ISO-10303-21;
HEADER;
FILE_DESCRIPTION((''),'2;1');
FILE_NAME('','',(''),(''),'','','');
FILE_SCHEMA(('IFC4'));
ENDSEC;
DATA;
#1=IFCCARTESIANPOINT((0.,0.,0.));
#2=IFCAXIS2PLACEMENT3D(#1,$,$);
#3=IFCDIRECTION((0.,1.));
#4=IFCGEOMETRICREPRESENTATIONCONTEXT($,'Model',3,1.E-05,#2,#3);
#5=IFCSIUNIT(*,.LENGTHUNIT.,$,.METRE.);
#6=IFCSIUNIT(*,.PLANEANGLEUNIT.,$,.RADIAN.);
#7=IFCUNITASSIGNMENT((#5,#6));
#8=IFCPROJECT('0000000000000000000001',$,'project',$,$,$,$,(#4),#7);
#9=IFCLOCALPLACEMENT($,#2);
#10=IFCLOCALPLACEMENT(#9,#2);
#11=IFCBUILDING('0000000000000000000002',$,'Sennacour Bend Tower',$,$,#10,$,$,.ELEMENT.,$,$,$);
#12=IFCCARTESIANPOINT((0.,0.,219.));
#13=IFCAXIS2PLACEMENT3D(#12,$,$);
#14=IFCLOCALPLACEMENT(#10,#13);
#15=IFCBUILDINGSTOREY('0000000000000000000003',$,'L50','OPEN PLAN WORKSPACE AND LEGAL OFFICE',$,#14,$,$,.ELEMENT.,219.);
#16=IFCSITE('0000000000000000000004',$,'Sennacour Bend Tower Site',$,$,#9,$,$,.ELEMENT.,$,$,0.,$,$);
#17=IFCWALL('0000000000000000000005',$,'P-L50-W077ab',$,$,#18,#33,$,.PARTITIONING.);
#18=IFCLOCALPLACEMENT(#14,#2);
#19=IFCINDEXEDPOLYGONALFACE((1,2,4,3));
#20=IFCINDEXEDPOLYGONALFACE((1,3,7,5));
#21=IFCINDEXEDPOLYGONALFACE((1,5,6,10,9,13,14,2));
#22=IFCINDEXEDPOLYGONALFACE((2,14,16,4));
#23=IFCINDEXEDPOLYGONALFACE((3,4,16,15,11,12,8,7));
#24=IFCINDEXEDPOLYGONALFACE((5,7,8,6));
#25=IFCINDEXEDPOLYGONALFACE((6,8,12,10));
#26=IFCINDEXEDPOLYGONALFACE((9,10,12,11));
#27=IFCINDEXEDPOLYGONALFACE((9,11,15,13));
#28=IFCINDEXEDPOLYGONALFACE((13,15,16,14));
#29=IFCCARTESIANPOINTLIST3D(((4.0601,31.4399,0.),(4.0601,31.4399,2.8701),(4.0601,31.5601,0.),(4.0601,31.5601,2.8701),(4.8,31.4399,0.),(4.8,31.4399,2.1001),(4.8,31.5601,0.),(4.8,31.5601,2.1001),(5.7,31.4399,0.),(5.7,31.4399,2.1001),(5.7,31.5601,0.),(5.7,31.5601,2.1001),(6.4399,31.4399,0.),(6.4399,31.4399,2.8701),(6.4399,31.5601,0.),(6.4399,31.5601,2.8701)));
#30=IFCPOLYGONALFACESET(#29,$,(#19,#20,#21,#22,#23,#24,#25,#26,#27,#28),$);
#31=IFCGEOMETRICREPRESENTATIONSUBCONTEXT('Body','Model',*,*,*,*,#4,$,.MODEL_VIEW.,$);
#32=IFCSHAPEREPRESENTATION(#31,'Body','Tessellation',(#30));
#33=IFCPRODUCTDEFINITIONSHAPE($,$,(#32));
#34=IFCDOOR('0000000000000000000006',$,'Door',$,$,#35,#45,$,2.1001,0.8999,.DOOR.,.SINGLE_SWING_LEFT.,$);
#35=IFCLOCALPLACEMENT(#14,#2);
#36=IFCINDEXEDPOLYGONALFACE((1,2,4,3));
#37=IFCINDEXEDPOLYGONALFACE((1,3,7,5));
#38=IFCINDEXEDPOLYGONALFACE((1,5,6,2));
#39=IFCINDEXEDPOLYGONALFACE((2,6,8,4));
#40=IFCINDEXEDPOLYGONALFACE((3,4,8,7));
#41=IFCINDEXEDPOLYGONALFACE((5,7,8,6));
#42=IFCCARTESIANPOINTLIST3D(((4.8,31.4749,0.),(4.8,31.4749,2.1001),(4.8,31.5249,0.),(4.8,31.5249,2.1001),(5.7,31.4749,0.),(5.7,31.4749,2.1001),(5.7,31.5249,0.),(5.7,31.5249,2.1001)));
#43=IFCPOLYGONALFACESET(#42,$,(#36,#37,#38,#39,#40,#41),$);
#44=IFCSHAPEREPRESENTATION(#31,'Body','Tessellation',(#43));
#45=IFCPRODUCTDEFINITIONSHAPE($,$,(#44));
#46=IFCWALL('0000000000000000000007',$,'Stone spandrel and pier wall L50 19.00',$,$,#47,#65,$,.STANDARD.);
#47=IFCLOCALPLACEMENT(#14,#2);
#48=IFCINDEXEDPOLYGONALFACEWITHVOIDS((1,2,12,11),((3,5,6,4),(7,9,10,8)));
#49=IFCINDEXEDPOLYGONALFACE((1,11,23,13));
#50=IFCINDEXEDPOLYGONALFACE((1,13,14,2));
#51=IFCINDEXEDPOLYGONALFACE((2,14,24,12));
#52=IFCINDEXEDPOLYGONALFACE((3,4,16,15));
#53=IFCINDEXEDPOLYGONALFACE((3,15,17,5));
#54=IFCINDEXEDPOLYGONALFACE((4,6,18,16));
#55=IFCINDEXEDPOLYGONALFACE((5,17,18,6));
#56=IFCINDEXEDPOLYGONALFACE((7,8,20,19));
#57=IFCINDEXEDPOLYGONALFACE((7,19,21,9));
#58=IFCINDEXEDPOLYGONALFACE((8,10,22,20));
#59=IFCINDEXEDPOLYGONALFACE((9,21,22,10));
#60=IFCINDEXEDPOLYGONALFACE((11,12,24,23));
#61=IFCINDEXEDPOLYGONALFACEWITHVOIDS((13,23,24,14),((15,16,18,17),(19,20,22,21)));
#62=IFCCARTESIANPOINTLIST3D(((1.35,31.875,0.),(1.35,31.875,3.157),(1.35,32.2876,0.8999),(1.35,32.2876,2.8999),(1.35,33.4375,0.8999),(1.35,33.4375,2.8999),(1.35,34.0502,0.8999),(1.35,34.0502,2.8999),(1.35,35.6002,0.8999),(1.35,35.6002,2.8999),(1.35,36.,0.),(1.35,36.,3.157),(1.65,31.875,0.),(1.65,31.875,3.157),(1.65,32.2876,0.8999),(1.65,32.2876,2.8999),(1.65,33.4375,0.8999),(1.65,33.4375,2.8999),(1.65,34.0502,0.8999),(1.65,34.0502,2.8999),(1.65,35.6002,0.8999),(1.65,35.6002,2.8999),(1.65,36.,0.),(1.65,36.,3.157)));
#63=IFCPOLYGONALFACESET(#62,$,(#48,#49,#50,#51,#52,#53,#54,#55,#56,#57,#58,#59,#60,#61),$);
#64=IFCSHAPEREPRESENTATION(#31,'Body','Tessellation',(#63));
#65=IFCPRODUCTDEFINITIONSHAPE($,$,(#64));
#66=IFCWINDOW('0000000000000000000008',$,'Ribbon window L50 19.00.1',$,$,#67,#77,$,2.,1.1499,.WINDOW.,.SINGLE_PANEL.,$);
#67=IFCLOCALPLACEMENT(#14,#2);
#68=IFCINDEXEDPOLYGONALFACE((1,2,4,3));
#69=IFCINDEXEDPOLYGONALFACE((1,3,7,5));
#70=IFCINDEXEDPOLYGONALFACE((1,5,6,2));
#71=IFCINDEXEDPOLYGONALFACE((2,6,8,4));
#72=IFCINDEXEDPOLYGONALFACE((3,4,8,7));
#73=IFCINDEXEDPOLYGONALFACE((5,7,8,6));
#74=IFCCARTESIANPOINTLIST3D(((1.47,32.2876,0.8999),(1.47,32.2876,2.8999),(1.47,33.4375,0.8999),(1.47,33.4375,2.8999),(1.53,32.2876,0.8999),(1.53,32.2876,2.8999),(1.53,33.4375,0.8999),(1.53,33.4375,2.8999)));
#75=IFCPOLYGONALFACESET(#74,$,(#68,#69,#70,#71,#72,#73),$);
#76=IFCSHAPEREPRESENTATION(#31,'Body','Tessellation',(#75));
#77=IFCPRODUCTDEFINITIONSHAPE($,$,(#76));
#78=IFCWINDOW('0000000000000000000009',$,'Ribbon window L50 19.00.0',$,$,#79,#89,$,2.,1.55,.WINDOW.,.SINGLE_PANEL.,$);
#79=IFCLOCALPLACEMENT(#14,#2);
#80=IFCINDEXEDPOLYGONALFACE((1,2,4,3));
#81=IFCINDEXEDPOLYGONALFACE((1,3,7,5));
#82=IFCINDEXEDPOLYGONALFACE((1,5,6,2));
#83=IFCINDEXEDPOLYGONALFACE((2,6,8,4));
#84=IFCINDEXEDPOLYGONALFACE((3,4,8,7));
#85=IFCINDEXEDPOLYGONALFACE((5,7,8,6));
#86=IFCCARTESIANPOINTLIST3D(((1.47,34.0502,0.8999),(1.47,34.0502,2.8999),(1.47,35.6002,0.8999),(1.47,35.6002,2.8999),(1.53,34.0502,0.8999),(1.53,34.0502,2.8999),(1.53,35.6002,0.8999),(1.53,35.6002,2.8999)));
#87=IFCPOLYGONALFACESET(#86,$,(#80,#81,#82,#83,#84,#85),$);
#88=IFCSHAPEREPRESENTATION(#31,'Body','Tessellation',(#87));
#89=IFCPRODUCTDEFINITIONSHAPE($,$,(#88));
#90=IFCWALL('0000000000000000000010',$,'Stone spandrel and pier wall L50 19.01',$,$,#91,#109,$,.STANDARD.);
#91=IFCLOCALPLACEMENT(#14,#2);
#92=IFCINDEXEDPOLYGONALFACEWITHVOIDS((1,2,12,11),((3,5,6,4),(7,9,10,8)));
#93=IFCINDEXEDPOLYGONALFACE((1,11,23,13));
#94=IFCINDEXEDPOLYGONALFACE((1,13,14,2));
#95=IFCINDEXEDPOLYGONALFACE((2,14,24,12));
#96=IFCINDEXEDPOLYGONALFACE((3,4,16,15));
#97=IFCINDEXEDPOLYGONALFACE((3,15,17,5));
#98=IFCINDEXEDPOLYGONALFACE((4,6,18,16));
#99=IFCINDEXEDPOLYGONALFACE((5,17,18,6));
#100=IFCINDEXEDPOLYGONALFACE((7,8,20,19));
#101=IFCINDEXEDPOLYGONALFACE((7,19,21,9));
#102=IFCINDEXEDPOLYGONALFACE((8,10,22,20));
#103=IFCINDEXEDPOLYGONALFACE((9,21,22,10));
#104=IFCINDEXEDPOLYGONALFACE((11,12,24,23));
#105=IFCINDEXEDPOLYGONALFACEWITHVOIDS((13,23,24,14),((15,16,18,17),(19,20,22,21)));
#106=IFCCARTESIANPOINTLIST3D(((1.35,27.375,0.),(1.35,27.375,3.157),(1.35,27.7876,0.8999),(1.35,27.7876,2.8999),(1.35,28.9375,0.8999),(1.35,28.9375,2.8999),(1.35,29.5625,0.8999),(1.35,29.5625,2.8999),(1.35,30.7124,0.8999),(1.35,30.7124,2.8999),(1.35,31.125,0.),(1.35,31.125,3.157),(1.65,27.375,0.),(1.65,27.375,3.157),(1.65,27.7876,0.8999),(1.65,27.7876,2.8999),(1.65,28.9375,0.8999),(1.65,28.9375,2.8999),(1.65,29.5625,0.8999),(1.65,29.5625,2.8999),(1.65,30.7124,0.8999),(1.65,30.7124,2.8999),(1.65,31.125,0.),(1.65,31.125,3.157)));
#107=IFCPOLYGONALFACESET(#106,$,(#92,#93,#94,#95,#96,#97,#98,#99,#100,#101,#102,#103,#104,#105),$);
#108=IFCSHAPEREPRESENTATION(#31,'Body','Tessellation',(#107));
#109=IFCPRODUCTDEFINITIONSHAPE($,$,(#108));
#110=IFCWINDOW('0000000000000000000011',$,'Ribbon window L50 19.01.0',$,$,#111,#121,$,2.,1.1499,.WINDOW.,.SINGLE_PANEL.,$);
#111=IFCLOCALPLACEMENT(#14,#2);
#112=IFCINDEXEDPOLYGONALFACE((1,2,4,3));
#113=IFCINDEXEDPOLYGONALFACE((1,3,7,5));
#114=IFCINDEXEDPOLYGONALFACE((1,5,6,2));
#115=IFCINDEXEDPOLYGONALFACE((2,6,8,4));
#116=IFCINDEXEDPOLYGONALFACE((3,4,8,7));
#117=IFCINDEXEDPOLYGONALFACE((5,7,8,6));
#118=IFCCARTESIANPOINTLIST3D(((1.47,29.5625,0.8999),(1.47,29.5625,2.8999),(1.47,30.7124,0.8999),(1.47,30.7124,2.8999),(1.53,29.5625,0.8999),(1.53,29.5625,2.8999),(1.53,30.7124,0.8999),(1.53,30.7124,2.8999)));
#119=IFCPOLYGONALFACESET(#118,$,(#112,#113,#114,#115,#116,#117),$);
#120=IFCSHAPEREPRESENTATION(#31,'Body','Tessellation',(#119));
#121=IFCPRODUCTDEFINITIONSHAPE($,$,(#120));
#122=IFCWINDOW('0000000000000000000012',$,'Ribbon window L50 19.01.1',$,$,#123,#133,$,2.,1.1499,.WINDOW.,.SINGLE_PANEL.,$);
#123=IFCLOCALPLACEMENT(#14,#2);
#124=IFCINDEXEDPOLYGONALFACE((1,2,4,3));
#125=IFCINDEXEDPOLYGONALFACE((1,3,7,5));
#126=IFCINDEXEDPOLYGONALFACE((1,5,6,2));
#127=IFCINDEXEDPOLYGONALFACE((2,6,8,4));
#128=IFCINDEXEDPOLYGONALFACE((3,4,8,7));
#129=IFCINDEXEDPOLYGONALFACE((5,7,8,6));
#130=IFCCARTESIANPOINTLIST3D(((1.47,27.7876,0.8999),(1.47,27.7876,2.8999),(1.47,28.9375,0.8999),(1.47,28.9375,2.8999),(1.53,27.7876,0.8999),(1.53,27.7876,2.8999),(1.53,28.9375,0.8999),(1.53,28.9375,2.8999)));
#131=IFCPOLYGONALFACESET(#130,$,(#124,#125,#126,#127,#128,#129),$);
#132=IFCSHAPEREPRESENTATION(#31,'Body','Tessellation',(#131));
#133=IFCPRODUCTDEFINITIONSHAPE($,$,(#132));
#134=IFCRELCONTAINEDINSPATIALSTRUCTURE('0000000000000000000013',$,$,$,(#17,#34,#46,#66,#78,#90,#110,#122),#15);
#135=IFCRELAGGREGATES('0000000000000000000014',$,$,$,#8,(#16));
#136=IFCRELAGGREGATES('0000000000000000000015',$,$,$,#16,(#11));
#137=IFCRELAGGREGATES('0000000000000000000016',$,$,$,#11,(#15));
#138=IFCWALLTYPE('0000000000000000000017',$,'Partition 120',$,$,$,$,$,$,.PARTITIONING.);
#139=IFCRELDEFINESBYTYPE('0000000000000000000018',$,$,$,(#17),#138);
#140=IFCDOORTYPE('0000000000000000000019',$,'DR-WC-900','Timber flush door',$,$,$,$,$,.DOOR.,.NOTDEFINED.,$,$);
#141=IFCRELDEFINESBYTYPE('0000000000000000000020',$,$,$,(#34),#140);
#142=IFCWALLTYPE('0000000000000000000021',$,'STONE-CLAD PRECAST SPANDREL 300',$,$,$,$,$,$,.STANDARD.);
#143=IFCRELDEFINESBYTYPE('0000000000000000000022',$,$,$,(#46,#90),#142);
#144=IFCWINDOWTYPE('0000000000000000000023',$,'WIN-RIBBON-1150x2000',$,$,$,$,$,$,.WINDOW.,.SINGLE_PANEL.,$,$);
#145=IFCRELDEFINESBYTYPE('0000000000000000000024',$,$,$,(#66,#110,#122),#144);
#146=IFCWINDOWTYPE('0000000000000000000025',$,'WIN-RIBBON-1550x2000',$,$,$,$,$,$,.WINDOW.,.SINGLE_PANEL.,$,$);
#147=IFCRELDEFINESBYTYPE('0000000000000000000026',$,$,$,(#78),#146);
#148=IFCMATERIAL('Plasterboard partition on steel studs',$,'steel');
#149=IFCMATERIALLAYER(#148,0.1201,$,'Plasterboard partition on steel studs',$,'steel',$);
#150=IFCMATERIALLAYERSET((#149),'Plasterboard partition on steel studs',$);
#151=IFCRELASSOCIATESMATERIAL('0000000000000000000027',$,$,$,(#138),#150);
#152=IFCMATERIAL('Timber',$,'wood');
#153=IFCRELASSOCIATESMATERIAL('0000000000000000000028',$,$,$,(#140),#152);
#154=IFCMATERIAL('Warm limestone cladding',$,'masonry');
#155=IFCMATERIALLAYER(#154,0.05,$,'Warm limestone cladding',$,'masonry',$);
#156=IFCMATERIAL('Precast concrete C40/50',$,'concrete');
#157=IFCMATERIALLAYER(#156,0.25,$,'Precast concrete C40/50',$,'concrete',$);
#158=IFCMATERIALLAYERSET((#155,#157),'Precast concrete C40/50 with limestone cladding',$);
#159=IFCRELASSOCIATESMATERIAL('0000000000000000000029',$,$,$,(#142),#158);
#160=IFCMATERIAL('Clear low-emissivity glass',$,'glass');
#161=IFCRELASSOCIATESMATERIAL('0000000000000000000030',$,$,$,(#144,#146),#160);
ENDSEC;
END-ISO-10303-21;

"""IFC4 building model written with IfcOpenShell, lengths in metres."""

from ifc_helpers import new_model, si_unit, direction, frame, frame_2d, origin, place, context, subcontext, project, spatial, rectangle, extrude, material, layer, layer_set, type_object, element, fill, save


model = new_model("IFC4")

# Units and contexts
model_context = context("Model", 3, precision=1e-05, world=origin(), true_north=direction((0.0, 1.0)))
body_context = subcontext(model_context, "Body", "Model", "MODEL_VIEW")
ifc_project = project(units=[si_unit("LENGTHUNIT", "METRE"), si_unit("PLANEANGLEUNIT", "RADIAN")], contexts=[model_context])

# Site, building, storey
site_placement = place(None, origin())
site = spatial("IfcSite", under=ifc_project, at=site_placement, Name="Sennacour Bend Tower Site", CompositionType="ELEMENT", RefElevation=0.0)
building_placement = place(site_placement, origin())
building = spatial("IfcBuilding", under=site, at=building_placement, Name="Sennacour Bend Tower", CompositionType="ELEMENT")
storey_placement = place(building_placement, frame((0.0, 0.0, 219.0)))
storey = spatial("IfcBuildingStorey", under=building, at=storey_placement, Name="L50", Description="OPEN PLAN WORKSPACE AND LEGAL OFFICE", CompositionType="ELEMENT", Elevation=219.0)

# Shared definitions
ifc_material_1 = material(Name="Plasterboard partition on steel studs", Category="steel")
ifc_layer_1 = layer(ifc_material_1, 0.1201, Name="Plasterboard partition on steel studs", Category="steel")
ifc_layer_set_1 = layer_set([ifc_layer_1], Name="Plasterboard partition on steel studs")
wall_type_1 = type_object("IfcWallType", Name="Partition 120", PredefinedType="PARTITIONING", material=ifc_layer_set_1)

# Wall, opening, door
ifc_material_2 = material(Name="Timber", Category="wood")
door_type_1 = type_object("IfcDoorType", Name="DR-WC-900", Description="Timber flush door", OperationType="NOTDEFINED", PredefinedType="DOOR", material=ifc_material_2)
wall_1_placement = place(storey_placement, frame((4.0601, 31.5, 0.0), z_axis=(0.0, 0.0, 1.0), x_axis=(1.0, 0.0, 0.0)))
wall_1 = element("IfcWall", 1, at=wall_1_placement, inside=storey, type_object=wall_type_1, Name="P-L50-W077ab", PredefinedType="PARTITIONING", context=body_context, shape_type="SweptSolid", body=[
    extrude(rectangle(XDim=2.3799, YDim=0.1201, at=frame_2d((1.1899, 0.0))), origin(), (0.0, 0.0, 1.0), 2.8701),
])
opening_1_placement = place(wall_1_placement, frame((0.74, 0.0, 0.0)))
opening_1 = element("IfcOpeningElement", 2, at=opening_1_placement, cuts=wall_1, PredefinedType="OPENING", context=body_context, shape_type="SweptSolid", body=[
    extrude(rectangle(XDim=0.8999, YDim=2.1001, at=frame_2d((0.45, 1.05))), frame((0.0, 0.0701, 0.0), z_axis=(0.0, -1.0, 0.0), x_axis=(1.0, 0.0, 0.0)), (0.0, 0.0, 1.0), 0.1401),
])
door_1_placement = place(opening_1_placement, origin())
door_1 = element("IfcDoor", 3, at=door_1_placement, inside=storey, type_object=door_type_1, Name="Door", OperationType="SINGLE_SWING_LEFT", OverallHeight=2.1001, OverallWidth=0.8999, PredefinedType="DOOR", context=body_context, shape_type="SweptSolid", body=[
    extrude(rectangle(XDim=0.8999, YDim=2.1001, at=frame_2d((0.45, 1.05))), frame((0.0, 0.0249, 0.0), z_axis=(0.0, -1.0, 0.0), x_axis=(1.0, 0.0, 0.0)), (0.0, 0.0, 1.0), 0.05),
])
fill(opening_1, door_1)

# Walls, openings, windows
ifc_material_3 = material(Name="Warm limestone cladding", Category="masonry")
ifc_layer_2 = layer(ifc_material_3, 0.05, Name="Warm limestone cladding", Category="masonry")
ifc_material_4 = material(Name="Precast concrete C40/50", Category="concrete")
ifc_layer_3 = layer(ifc_material_4, 0.25, Name="Precast concrete C40/50", Category="concrete")
ifc_layer_set_2 = layer_set([ifc_layer_2, ifc_layer_3], Name="Precast concrete C40/50 with limestone cladding")
wall_type_2 = type_object("IfcWallType", Name="STONE-CLAD PRECAST SPANDREL 300", PredefinedType="STANDARD", material=ifc_layer_set_2)
wall_2_placement = place(storey_placement, frame((1.5, 36.0, 0.0), z_axis=(0.0, 0.0, 1.0), x_axis=(0.0, -1.0, 0.0)))
wall_2 = element("IfcWall", 4, at=wall_2_placement, inside=storey, type_object=wall_type_2, Name="Stone spandrel and pier wall L50 19.00", PredefinedType="STANDARD", context=body_context, shape_type="SweptSolid", body=[
    extrude(rectangle(XDim=4.125, YDim=0.3, at=frame_2d((2.0625, 0.0))), origin(), (0.0, 0.0, 1.0), 3.157),
])
opening_2_placement = place(wall_2_placement, frame((0.3999, 0.0, 0.8999)))
opening_2 = element("IfcOpeningElement", 5, at=opening_2_placement, cuts=wall_2, PredefinedType="OPENING", context=body_context, shape_type="SweptSolid", body=[
    extrude(rectangle(XDim=1.55, YDim=2.0, at=frame_2d((0.7749, 1.0))), frame((0.0, 0.1602, 0.0), z_axis=(0.0, -1.0, 0.0), x_axis=(1.0, 0.0, 0.0)), (0.0, 0.0, 1.0), 0.3201),
])
opening_3_placement = place(wall_2_placement, frame((2.5625, 0.0, 0.8999)))
opening_3 = element("IfcOpeningElement", 6, at=opening_3_placement, cuts=wall_2, PredefinedType="OPENING", context=body_context, shape_type="SweptSolid", body=[
    extrude(rectangle(XDim=1.1499, YDim=2.0, at=frame_2d((0.575, 1.0))), frame((0.0, 0.1602, 0.0), z_axis=(0.0, -1.0, 0.0), x_axis=(1.0, 0.0, 0.0)), (0.0, 0.0, 1.0), 0.3201),
])
ifc_material_5 = material(Name="Clear low-emissivity glass", Category="glass")
window_type_1 = type_object("IfcWindowType", Name="WIN-RIBBON-1150x2000", PartitioningType="SINGLE_PANEL", PredefinedType="WINDOW", material=ifc_material_5)
window_1_placement = place(opening_3_placement, origin())
window_1 = element("IfcWindow", 7, at=window_1_placement, inside=storey, type_object=window_type_1, Name="Ribbon window L50 19.00.1", OverallHeight=2.0, OverallWidth=1.1499, PartitioningType="SINGLE_PANEL", PredefinedType="WINDOW", context=body_context, shape_type="SweptSolid", body=[
    extrude(rectangle(XDim=1.1499, YDim=2.0, at=frame_2d((0.575, 1.0))), frame((0.0, 0.03, 0.0), z_axis=(0.0, -1.0, 0.0), x_axis=(1.0, 0.0, 0.0)), (0.0, 0.0, 1.0), 0.0601),
])
fill(opening_3, window_1)
window_type_2 = type_object("IfcWindowType", Name="WIN-RIBBON-1550x2000", PartitioningType="SINGLE_PANEL", PredefinedType="WINDOW", material=ifc_material_5)
window_2_placement = place(opening_2_placement, origin())
window_2 = element("IfcWindow", 8, at=window_2_placement, inside=storey, type_object=window_type_2, Name="Ribbon window L50 19.00.0", OverallHeight=2.0, OverallWidth=1.55, PartitioningType="SINGLE_PANEL", PredefinedType="WINDOW", context=body_context, shape_type="SweptSolid", body=[
    extrude(rectangle(XDim=1.55, YDim=2.0, at=frame_2d((0.7749, 1.0))), frame((0.0, 0.03, 0.0), z_axis=(0.0, -1.0, 0.0), x_axis=(1.0, 0.0, 0.0)), (0.0, 0.0, 1.0), 0.0601),
])
fill(opening_2, window_2)
wall_3_placement = place(storey_placement, frame((1.5, 31.125, 0.0), z_axis=(0.0, 0.0, 1.0), x_axis=(0.0, -1.0, 0.0)))
wall_3 = element("IfcWall", 9, at=wall_3_placement, inside=storey, type_object=wall_type_2, Name="Stone spandrel and pier wall L50 19.01", PredefinedType="STANDARD", context=body_context, shape_type="SweptSolid", body=[
    extrude(rectangle(XDim=3.75, YDim=0.3, at=frame_2d((1.875, 0.0))), origin(), (0.0, 0.0, 1.0), 3.157),
])
opening_4_placement = place(wall_3_placement, frame((0.4126, 0.0, 0.8999)))
opening_4 = element("IfcOpeningElement", 10, at=opening_4_placement, cuts=wall_3, PredefinedType="OPENING", context=body_context, shape_type="SweptSolid", body=[
    extrude(rectangle(XDim=1.1499, YDim=2.0, at=frame_2d((0.575, 1.0))), frame((0.0, 0.1602, 0.0), z_axis=(0.0, -1.0, 0.0), x_axis=(1.0, 0.0, 0.0)), (0.0, 0.0, 1.0), 0.3201),
])
opening_5_placement = place(wall_3_placement, frame((2.1875, 0.0, 0.8999)))
opening_5 = element("IfcOpeningElement", 11, at=opening_5_placement, cuts=wall_3, PredefinedType="OPENING", context=body_context, shape_type="SweptSolid", body=[
    extrude(rectangle(XDim=1.1499, YDim=2.0, at=frame_2d((0.575, 1.0))), frame((0.0, 0.1602, 0.0), z_axis=(0.0, -1.0, 0.0), x_axis=(1.0, 0.0, 0.0)), (0.0, 0.0, 1.0), 0.3201),
])
window_3_placement = place(opening_4_placement, origin())
window_3 = element("IfcWindow", 12, at=window_3_placement, inside=storey, type_object=window_type_1, Name="Ribbon window L50 19.01.0", OverallHeight=2.0, OverallWidth=1.1499, PartitioningType="SINGLE_PANEL", PredefinedType="WINDOW", context=body_context, shape_type="SweptSolid", body=[
    extrude(rectangle(XDim=1.1499, YDim=2.0, at=frame_2d((0.575, 1.0))), frame((0.0, 0.03, 0.0), z_axis=(0.0, -1.0, 0.0), x_axis=(1.0, 0.0, 0.0)), (0.0, 0.0, 1.0), 0.0601),
])
fill(opening_4, window_3)
window_4_placement = place(opening_5_placement, origin())
window_4 = element("IfcWindow", 13, at=window_4_placement, inside=storey, type_object=window_type_1, Name="Ribbon window L50 19.01.1", OverallHeight=2.0, OverallWidth=1.1499, PartitioningType="SINGLE_PANEL", PredefinedType="WINDOW", context=body_context, shape_type="SweptSolid", body=[
    extrude(rectangle(XDim=1.1499, YDim=2.0, at=frame_2d((0.575, 1.0))), frame((0.0, 0.03, 0.0), z_axis=(0.0, -1.0, 0.0), x_axis=(1.0, 0.0, 0.0)), (0.0, 0.0, 1.0), 0.0601),
])
fill(opening_5, window_4)

save(model, "model.ifc")
